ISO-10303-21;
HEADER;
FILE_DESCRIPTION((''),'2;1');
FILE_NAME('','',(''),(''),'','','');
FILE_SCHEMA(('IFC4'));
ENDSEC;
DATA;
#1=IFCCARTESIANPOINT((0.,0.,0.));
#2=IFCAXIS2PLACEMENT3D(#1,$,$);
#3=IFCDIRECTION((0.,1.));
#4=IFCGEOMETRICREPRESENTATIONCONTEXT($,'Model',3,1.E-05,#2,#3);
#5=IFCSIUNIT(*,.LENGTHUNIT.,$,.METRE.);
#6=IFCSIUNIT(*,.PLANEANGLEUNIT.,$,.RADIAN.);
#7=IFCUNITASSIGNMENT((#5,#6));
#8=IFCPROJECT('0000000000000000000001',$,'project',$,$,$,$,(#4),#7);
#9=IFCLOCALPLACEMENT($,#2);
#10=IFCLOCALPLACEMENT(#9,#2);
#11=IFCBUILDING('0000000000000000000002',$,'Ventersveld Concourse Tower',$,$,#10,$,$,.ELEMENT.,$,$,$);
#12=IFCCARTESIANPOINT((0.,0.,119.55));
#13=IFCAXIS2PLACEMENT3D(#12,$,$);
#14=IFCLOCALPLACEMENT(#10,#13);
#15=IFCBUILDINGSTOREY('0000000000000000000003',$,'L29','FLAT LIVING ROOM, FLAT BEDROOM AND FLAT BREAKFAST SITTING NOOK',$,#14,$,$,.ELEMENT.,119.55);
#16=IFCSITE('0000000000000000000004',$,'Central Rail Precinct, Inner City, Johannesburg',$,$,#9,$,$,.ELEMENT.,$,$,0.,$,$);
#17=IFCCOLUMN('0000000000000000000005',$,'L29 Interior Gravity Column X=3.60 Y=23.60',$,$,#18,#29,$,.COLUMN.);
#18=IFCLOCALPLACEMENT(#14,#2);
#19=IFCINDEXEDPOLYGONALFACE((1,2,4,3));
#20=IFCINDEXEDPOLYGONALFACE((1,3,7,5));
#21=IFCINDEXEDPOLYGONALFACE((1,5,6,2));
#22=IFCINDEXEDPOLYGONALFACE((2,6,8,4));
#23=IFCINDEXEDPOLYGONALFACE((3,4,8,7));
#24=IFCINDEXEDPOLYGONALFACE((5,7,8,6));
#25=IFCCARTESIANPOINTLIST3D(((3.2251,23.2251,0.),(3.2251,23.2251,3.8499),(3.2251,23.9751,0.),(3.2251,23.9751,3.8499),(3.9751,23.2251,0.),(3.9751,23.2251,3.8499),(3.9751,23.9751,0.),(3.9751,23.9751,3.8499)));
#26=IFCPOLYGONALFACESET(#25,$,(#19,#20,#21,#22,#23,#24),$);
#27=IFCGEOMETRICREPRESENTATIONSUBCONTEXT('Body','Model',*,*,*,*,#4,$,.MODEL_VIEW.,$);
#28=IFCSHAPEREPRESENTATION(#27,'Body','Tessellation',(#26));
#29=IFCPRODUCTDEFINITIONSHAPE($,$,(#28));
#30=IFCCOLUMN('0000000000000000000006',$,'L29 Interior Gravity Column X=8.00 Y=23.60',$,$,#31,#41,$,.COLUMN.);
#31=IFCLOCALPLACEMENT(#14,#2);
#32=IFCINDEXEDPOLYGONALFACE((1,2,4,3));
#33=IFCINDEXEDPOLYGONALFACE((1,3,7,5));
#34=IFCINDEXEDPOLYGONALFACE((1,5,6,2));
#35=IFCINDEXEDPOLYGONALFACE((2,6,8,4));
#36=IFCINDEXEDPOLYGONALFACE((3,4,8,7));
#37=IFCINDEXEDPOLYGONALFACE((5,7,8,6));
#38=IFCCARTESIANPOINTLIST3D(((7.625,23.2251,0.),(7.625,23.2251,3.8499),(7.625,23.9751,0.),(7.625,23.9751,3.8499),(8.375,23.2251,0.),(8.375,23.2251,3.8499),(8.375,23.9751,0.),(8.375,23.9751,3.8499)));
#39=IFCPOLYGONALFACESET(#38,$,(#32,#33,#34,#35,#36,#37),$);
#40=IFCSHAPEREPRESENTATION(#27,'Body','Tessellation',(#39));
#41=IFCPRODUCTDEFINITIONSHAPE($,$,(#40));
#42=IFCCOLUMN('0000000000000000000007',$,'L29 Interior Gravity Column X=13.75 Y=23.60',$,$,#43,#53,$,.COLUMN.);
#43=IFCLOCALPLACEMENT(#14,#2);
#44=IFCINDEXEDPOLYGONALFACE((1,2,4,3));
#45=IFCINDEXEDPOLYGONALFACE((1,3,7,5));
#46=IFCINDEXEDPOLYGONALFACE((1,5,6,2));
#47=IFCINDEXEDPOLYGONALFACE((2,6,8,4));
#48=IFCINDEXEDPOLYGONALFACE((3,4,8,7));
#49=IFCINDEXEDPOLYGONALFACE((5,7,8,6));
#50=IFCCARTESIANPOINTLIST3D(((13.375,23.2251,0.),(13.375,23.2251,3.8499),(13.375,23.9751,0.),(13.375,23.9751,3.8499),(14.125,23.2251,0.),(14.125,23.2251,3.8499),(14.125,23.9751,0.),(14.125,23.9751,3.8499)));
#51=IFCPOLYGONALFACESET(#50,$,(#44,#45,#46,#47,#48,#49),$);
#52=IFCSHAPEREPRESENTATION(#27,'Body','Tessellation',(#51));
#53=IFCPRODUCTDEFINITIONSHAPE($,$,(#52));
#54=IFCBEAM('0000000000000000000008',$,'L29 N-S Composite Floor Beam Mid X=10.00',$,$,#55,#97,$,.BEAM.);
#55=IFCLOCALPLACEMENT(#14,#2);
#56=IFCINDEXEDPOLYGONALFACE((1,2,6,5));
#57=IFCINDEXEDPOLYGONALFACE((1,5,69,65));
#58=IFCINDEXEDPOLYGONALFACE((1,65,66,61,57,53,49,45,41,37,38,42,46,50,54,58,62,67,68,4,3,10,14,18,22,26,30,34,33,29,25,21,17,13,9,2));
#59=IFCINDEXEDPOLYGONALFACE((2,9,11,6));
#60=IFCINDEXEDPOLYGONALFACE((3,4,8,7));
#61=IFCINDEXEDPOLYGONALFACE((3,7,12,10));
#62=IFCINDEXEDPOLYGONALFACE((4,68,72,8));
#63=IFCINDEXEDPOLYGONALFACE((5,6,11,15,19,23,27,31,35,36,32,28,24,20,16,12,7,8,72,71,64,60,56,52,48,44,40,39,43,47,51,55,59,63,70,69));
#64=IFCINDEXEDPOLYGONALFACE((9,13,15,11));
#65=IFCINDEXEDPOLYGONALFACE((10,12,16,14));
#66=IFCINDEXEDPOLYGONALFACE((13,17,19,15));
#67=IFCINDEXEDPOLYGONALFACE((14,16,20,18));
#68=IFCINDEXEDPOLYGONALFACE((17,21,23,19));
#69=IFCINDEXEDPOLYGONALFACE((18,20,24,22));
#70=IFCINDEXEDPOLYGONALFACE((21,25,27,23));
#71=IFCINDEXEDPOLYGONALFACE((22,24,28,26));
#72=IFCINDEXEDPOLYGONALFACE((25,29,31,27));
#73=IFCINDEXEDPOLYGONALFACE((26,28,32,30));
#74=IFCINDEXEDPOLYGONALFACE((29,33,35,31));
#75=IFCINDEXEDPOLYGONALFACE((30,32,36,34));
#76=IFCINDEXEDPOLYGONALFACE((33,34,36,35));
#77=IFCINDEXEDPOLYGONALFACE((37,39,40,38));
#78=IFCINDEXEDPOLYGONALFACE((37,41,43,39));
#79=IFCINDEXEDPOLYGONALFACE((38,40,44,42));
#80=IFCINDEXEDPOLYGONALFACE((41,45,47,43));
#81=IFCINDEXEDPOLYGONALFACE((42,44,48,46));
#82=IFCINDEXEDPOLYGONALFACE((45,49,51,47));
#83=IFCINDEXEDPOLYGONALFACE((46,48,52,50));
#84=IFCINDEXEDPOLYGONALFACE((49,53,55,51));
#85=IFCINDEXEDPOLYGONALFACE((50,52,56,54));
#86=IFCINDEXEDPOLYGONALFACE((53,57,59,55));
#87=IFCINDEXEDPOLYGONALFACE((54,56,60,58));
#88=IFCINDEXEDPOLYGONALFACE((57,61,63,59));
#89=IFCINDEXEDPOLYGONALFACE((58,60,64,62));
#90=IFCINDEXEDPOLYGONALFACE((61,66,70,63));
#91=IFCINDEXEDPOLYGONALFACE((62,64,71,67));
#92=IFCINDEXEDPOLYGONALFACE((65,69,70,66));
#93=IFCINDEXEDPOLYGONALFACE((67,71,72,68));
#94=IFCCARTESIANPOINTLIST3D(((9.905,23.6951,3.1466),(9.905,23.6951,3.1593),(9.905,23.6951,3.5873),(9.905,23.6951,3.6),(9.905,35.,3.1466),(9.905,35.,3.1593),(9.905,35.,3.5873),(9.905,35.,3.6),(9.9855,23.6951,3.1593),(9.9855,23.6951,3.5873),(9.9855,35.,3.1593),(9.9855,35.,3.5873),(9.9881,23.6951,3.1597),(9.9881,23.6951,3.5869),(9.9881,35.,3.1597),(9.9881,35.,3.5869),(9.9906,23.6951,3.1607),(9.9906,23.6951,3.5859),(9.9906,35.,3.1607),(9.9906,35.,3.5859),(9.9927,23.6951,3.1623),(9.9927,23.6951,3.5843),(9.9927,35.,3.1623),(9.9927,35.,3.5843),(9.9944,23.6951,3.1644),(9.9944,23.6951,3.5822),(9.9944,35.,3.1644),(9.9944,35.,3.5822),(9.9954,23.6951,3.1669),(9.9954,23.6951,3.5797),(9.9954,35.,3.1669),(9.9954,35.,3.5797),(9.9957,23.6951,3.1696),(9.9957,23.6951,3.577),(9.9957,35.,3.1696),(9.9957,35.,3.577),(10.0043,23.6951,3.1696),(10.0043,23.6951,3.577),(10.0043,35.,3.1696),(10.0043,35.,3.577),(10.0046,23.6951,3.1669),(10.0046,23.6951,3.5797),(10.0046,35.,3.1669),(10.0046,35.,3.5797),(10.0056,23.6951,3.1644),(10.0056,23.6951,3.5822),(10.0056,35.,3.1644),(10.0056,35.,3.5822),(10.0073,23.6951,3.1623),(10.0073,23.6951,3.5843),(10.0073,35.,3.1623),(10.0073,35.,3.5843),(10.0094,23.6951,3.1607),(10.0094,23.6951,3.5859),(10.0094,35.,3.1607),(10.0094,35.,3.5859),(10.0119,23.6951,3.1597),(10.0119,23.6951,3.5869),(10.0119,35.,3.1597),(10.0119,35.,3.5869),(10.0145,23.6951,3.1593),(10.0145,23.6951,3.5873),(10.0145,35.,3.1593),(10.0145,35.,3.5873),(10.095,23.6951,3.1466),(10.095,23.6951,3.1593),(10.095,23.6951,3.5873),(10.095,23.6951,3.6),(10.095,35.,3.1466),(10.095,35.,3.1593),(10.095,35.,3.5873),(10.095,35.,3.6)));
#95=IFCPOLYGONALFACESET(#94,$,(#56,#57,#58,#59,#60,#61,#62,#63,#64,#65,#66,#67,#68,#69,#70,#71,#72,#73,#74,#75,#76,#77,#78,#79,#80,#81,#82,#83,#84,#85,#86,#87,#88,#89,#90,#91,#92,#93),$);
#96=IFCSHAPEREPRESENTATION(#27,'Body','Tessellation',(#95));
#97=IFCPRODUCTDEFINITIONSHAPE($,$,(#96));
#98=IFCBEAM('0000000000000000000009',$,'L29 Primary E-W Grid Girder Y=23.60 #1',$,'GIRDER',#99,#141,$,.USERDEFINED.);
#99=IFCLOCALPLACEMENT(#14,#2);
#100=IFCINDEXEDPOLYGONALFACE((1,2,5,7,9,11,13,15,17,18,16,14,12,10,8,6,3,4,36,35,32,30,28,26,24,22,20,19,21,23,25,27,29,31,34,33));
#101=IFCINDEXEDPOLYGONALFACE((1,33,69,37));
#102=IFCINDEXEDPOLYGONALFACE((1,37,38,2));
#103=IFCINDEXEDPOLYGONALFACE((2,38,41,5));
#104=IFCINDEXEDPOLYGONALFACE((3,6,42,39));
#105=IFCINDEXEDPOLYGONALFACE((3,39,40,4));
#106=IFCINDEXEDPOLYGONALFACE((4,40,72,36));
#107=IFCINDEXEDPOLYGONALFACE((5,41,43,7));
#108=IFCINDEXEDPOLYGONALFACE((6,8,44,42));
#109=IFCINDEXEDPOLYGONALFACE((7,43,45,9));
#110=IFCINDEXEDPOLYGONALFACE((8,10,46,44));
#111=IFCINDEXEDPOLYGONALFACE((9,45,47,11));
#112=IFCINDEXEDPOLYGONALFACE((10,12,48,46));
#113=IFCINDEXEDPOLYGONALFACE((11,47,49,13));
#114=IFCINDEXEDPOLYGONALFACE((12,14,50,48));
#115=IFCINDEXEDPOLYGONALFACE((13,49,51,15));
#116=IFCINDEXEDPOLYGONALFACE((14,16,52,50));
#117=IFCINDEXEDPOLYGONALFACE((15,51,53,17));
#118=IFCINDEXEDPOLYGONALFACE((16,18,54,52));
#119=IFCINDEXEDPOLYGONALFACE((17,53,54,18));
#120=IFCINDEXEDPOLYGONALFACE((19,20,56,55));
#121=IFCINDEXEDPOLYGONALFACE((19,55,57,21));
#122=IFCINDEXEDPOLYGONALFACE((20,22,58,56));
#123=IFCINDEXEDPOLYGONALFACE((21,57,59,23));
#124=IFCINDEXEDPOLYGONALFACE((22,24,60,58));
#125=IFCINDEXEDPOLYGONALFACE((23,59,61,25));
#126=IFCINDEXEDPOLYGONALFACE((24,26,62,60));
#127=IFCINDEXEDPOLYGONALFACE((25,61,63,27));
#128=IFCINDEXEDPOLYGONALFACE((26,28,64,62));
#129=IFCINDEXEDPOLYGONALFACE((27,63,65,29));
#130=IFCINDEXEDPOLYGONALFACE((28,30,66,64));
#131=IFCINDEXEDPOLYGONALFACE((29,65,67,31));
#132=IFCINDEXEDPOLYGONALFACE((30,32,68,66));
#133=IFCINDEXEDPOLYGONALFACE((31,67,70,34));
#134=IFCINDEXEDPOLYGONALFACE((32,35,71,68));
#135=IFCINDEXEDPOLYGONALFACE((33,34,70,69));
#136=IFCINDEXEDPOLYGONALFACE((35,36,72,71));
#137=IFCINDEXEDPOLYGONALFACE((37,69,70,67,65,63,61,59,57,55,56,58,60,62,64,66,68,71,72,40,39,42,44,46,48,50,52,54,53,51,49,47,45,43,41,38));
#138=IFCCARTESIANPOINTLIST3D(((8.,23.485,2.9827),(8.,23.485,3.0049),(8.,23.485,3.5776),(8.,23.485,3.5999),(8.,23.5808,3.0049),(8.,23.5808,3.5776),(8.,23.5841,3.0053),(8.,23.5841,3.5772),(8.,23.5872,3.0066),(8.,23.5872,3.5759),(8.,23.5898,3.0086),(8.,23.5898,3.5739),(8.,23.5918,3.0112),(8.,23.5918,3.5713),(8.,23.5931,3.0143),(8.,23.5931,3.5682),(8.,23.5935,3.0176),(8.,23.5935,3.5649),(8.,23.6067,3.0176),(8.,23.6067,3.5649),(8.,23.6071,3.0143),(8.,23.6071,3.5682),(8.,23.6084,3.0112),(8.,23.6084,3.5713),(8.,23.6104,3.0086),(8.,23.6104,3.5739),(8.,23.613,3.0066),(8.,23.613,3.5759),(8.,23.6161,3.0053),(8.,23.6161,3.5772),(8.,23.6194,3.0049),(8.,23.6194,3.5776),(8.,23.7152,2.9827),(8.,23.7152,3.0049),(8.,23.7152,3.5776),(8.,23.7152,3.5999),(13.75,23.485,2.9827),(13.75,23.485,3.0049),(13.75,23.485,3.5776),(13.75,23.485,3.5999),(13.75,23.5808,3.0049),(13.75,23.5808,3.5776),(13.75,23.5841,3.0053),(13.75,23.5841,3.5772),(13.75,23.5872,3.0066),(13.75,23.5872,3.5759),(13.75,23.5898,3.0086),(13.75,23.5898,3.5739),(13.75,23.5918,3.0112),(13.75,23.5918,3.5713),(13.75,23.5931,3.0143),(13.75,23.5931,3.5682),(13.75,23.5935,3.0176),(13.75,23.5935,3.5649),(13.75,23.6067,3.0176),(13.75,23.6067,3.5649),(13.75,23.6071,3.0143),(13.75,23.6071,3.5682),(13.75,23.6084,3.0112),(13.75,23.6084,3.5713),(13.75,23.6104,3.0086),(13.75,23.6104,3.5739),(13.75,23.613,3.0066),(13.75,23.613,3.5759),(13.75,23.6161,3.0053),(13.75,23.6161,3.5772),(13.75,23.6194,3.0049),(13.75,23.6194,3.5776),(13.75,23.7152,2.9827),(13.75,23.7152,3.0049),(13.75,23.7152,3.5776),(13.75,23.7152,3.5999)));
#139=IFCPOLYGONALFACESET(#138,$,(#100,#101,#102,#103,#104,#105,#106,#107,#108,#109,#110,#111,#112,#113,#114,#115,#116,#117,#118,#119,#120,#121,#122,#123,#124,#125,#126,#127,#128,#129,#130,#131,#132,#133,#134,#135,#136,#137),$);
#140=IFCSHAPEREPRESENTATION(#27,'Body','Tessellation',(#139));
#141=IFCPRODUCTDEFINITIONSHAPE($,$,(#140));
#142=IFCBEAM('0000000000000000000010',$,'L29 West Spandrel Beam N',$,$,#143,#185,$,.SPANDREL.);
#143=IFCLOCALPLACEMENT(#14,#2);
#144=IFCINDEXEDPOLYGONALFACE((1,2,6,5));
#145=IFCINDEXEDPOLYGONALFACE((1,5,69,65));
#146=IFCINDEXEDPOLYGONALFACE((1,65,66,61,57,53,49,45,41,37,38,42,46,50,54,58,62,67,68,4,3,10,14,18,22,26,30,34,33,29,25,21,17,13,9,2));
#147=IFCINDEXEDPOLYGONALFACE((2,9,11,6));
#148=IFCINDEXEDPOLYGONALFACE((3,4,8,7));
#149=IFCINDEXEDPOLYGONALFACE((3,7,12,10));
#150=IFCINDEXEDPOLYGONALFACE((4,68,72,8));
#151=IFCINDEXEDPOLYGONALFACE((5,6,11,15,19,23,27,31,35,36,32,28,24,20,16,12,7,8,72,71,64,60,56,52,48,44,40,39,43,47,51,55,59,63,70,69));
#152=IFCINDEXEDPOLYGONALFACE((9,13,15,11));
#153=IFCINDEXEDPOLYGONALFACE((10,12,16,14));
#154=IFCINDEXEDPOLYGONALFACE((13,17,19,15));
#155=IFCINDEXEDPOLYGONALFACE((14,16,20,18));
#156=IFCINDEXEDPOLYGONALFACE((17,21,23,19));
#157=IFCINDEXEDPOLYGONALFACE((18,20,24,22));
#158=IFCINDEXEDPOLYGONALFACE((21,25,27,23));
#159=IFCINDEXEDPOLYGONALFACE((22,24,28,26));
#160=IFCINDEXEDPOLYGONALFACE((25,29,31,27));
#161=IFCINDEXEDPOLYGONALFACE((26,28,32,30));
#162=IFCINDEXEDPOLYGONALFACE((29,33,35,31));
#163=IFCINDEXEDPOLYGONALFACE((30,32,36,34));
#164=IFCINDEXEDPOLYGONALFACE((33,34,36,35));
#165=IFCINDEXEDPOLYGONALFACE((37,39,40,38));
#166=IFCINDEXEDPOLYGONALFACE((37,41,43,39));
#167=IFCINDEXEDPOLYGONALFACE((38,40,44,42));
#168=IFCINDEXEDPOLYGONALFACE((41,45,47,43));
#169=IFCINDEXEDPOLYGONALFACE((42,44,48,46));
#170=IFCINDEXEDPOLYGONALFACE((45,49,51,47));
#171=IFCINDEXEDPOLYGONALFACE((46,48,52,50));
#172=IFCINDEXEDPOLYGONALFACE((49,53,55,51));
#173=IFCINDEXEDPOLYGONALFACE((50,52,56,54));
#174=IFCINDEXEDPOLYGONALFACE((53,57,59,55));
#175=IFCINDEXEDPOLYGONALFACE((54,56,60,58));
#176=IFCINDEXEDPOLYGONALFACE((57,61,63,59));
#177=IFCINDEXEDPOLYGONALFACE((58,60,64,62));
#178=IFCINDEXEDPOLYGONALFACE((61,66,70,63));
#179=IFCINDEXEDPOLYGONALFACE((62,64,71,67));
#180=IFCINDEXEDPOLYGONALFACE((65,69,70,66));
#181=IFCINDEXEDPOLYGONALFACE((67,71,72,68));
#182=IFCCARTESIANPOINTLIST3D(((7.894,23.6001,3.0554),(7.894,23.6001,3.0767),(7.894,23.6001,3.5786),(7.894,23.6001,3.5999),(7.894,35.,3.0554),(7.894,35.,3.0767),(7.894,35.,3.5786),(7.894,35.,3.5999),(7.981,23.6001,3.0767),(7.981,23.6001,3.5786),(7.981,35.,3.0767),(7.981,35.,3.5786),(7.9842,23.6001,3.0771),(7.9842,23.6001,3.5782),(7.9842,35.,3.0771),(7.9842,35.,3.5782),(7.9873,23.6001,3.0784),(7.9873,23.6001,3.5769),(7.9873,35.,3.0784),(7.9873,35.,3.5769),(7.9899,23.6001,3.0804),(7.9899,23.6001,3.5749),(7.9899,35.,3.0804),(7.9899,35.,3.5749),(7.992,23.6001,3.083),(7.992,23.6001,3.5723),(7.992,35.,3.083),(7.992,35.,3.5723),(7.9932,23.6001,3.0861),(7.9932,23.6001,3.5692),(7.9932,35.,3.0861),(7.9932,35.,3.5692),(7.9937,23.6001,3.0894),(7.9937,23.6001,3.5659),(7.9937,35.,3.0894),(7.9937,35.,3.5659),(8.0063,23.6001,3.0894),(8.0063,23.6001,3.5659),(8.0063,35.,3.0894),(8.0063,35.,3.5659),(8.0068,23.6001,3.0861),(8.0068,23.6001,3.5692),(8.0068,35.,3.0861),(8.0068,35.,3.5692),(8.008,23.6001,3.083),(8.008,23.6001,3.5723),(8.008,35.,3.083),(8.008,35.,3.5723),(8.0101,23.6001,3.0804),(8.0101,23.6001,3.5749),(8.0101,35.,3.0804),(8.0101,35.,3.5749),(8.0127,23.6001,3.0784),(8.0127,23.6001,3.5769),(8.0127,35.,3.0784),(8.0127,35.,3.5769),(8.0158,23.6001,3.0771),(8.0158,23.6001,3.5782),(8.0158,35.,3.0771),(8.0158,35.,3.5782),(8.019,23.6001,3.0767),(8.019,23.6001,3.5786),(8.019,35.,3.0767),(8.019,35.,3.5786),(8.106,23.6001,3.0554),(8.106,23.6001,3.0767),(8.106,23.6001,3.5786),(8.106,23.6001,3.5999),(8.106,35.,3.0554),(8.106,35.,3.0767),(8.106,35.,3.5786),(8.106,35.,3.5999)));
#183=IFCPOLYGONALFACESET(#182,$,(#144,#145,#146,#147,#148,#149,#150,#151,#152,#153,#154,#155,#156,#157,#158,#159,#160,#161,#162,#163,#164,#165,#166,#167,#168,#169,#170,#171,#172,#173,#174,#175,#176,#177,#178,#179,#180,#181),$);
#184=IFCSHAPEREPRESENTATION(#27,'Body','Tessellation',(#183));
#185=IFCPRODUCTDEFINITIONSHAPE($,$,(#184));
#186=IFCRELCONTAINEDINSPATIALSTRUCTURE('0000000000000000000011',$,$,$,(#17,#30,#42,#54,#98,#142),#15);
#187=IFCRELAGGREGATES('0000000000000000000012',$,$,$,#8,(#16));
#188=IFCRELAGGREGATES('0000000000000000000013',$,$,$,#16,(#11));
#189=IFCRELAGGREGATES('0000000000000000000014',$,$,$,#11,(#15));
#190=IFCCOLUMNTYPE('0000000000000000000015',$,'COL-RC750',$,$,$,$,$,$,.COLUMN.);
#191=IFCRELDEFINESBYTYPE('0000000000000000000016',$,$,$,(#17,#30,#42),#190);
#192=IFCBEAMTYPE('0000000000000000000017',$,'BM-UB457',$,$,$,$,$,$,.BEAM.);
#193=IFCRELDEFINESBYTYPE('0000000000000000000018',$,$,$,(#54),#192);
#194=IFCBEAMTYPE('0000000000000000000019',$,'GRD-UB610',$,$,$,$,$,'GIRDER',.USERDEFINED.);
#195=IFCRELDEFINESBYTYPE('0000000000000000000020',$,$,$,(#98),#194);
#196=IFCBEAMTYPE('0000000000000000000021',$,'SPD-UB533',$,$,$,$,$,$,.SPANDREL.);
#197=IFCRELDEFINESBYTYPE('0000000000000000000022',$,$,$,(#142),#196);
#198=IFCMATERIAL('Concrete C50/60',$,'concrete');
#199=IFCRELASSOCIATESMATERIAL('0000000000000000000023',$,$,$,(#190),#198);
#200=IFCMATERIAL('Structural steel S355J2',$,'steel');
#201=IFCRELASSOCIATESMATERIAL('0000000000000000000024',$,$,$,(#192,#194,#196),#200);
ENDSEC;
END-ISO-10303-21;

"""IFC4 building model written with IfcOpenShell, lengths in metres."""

from ifc_helpers import new_model, si_unit, direction, frame, origin, origin_2d, place, context, subcontext, project, spatial, rectangle, i_section, extrude, material, material_profile, profile_set, type_object, element, save


model = new_model("IFC4")

# Units and contexts
model_context = context("Model", 3, precision=1e-05, world=origin(), true_north=direction((0.0, 1.0)))
body_context = subcontext(model_context, "Body", "Model", "MODEL_VIEW")
ifc_project = project(units=[si_unit("LENGTHUNIT", "METRE"), si_unit("PLANEANGLEUNIT", "RADIAN")], contexts=[model_context])

# Site, building, storey
site_placement = place(None, origin())
site = spatial("IfcSite", under=ifc_project, at=site_placement, Name="Central Rail Precinct, Inner City, Johannesburg", CompositionType="ELEMENT", RefElevation=0.0)
building_placement = place(site_placement, origin())
building = spatial("IfcBuilding", under=site, at=building_placement, Name="Ventersveld Concourse Tower", CompositionType="ELEMENT")
storey_placement = place(building_placement, frame((0.0, 0.0, 119.55)))
storey = spatial("IfcBuildingStorey", under=building, at=storey_placement, Name="L29", Description="FLAT LIVING ROOM, FLAT BEDROOM AND FLAT BREAKFAST SITTING NOOK", CompositionType="ELEMENT", Elevation=119.55)

# Columns
ifc_material_1 = material(Name="Concrete C50/60", Category="concrete")
ifc_material_profile_1 = material_profile(ifc_material_1, rectangle(XDim=0.75, YDim=0.75, at=origin_2d()), Name="RC 750x750")
ifc_profile_set_1 = profile_set([ifc_material_profile_1], Name="Concrete C50/60")
column_type = type_object("IfcColumnType", Name="COL-RC750", PredefinedType="COLUMN", material=ifc_profile_set_1)
for number, where, z_axis, x_axis, name in (
    (1, (3.6001, 23.6001, 0.0), (0.0, 0.0, 1.0), (1.0, 0.0, 0.0), "L29 Interior Gravity Column X=3.60 Y=23.60"),
    (2, (8.0, 23.6001, 0.0), (0.0, 0.0, 1.0), (1.0, 0.0, 0.0), "L29 Interior Gravity Column X=8.00 Y=23.60"),
    (3, (13.75, 23.6001, 0.0), (0.0, 0.0, 1.0), (1.0, 0.0, 0.0), "L29 Interior Gravity Column X=13.75 Y=23.60"),
):
    element("IfcColumn", number, at=place(storey_placement, frame(where, z_axis=z_axis, x_axis=x_axis)), inside=storey, type_object=column_type, Name=name, PredefinedType="COLUMN", context=body_context, shape_type="SweptSolid", body=[
        extrude(rectangle(XDim=0.75, YDim=0.75, at=origin_2d()), origin(), (0.0, 0.0, 1.0), 3.8499),
    ])

# Beams
ifc_material_2 = material(Name="Structural steel S355J2", Category="steel")
ifc_material_profile_2 = material_profile(ifc_material_2, i_section(OverallWidth=0.1899, OverallDepth=0.4534, WebThickness=0.0085, FlangeThickness=0.0127, FilletRadius=0.0103, at=origin_2d()), Name="UB 457x191x67")
ifc_profile_set_2 = profile_set([ifc_material_profile_2], Name="Structural steel S355J2")
beam_type_1 = type_object("IfcBeamType", Name="BM-UB457", PredefinedType="BEAM", material=ifc_profile_set_2)
beam_1_placement = place(storey_placement, frame((10.0, 23.6951, 3.3733), z_axis=(0.0, 1.0, 0.0), x_axis=(-1.0, 0.0, 0.0)))
element("IfcBeam", 4, at=beam_1_placement, inside=storey, type_object=beam_type_1, Name="L29 N-S Composite Floor Beam Mid X=10.00", PredefinedType="BEAM", context=body_context, shape_type="SweptSolid", body=[
    extrude(i_section(OverallWidth=0.1899, OverallDepth=0.4534, WebThickness=0.0085, FlangeThickness=0.0127, FilletRadius=0.0103, at=origin_2d()), origin(), (0.0, 0.0, 1.0), 11.3049),
])
ifc_material_profile_3 = material_profile(ifc_material_2, i_section(OverallWidth=0.2302, OverallDepth=0.6172, WebThickness=0.0132, FlangeThickness=0.0222, FilletRadius=0.0127, at=origin_2d()), Name="UB 610x229x140")
ifc_profile_set_3 = profile_set([ifc_material_profile_3], Name="Structural steel S355J2")
beam_type_2 = type_object("IfcBeamType", Name="GRD-UB610", ElementType="GIRDER", PredefinedType="USERDEFINED", material=ifc_profile_set_3)
beam_2_placement = place(storey_placement, frame((8.0, 23.6001, 3.2913), z_axis=(1.0, 0.0, 0.0), x_axis=(0.0, 1.0, 0.0)))
element("IfcBeam", 5, at=beam_2_placement, inside=storey, type_object=beam_type_2, Name="L29 Primary E-W Grid Girder Y=23.60 #1", ObjectType="GIRDER", PredefinedType="USERDEFINED", context=body_context, shape_type="SweptSolid", body=[
    extrude(i_section(OverallWidth=0.2302, OverallDepth=0.6172, WebThickness=0.0132, FlangeThickness=0.0222, FilletRadius=0.0127, at=origin_2d()), origin(), (0.0, 0.0, 1.0), 5.75),
])
ifc_material_profile_4 = material_profile(ifc_material_2, i_section(OverallWidth=0.2119, OverallDepth=0.5444, WebThickness=0.0127, FlangeThickness=0.0212, FilletRadius=0.0127, at=origin_2d()), Name="UB 533x210x122")
ifc_profile_set_4 = profile_set([ifc_material_profile_4], Name="Structural steel S355J2")
beam_type_3 = type_object("IfcBeamType", Name="SPD-UB533", PredefinedType="SPANDREL", material=ifc_profile_set_4)
beam_3_placement = place(storey_placement, frame((8.0, 23.6001, 3.3276), z_axis=(0.0, 1.0, 0.0), x_axis=(-1.0, 0.0, 0.0)))
element("IfcBeam", 6, at=beam_3_placement, inside=storey, type_object=beam_type_3, Name="L29 West Spandrel Beam N", PredefinedType="SPANDREL", context=body_context, shape_type="SweptSolid", body=[
    extrude(i_section(OverallWidth=0.2119, OverallDepth=0.5444, WebThickness=0.0127, FlangeThickness=0.0212, FilletRadius=0.0127, at=origin_2d()), origin(), (0.0, 0.0, 1.0), 11.3999),
])

save(model, "model.ifc")
